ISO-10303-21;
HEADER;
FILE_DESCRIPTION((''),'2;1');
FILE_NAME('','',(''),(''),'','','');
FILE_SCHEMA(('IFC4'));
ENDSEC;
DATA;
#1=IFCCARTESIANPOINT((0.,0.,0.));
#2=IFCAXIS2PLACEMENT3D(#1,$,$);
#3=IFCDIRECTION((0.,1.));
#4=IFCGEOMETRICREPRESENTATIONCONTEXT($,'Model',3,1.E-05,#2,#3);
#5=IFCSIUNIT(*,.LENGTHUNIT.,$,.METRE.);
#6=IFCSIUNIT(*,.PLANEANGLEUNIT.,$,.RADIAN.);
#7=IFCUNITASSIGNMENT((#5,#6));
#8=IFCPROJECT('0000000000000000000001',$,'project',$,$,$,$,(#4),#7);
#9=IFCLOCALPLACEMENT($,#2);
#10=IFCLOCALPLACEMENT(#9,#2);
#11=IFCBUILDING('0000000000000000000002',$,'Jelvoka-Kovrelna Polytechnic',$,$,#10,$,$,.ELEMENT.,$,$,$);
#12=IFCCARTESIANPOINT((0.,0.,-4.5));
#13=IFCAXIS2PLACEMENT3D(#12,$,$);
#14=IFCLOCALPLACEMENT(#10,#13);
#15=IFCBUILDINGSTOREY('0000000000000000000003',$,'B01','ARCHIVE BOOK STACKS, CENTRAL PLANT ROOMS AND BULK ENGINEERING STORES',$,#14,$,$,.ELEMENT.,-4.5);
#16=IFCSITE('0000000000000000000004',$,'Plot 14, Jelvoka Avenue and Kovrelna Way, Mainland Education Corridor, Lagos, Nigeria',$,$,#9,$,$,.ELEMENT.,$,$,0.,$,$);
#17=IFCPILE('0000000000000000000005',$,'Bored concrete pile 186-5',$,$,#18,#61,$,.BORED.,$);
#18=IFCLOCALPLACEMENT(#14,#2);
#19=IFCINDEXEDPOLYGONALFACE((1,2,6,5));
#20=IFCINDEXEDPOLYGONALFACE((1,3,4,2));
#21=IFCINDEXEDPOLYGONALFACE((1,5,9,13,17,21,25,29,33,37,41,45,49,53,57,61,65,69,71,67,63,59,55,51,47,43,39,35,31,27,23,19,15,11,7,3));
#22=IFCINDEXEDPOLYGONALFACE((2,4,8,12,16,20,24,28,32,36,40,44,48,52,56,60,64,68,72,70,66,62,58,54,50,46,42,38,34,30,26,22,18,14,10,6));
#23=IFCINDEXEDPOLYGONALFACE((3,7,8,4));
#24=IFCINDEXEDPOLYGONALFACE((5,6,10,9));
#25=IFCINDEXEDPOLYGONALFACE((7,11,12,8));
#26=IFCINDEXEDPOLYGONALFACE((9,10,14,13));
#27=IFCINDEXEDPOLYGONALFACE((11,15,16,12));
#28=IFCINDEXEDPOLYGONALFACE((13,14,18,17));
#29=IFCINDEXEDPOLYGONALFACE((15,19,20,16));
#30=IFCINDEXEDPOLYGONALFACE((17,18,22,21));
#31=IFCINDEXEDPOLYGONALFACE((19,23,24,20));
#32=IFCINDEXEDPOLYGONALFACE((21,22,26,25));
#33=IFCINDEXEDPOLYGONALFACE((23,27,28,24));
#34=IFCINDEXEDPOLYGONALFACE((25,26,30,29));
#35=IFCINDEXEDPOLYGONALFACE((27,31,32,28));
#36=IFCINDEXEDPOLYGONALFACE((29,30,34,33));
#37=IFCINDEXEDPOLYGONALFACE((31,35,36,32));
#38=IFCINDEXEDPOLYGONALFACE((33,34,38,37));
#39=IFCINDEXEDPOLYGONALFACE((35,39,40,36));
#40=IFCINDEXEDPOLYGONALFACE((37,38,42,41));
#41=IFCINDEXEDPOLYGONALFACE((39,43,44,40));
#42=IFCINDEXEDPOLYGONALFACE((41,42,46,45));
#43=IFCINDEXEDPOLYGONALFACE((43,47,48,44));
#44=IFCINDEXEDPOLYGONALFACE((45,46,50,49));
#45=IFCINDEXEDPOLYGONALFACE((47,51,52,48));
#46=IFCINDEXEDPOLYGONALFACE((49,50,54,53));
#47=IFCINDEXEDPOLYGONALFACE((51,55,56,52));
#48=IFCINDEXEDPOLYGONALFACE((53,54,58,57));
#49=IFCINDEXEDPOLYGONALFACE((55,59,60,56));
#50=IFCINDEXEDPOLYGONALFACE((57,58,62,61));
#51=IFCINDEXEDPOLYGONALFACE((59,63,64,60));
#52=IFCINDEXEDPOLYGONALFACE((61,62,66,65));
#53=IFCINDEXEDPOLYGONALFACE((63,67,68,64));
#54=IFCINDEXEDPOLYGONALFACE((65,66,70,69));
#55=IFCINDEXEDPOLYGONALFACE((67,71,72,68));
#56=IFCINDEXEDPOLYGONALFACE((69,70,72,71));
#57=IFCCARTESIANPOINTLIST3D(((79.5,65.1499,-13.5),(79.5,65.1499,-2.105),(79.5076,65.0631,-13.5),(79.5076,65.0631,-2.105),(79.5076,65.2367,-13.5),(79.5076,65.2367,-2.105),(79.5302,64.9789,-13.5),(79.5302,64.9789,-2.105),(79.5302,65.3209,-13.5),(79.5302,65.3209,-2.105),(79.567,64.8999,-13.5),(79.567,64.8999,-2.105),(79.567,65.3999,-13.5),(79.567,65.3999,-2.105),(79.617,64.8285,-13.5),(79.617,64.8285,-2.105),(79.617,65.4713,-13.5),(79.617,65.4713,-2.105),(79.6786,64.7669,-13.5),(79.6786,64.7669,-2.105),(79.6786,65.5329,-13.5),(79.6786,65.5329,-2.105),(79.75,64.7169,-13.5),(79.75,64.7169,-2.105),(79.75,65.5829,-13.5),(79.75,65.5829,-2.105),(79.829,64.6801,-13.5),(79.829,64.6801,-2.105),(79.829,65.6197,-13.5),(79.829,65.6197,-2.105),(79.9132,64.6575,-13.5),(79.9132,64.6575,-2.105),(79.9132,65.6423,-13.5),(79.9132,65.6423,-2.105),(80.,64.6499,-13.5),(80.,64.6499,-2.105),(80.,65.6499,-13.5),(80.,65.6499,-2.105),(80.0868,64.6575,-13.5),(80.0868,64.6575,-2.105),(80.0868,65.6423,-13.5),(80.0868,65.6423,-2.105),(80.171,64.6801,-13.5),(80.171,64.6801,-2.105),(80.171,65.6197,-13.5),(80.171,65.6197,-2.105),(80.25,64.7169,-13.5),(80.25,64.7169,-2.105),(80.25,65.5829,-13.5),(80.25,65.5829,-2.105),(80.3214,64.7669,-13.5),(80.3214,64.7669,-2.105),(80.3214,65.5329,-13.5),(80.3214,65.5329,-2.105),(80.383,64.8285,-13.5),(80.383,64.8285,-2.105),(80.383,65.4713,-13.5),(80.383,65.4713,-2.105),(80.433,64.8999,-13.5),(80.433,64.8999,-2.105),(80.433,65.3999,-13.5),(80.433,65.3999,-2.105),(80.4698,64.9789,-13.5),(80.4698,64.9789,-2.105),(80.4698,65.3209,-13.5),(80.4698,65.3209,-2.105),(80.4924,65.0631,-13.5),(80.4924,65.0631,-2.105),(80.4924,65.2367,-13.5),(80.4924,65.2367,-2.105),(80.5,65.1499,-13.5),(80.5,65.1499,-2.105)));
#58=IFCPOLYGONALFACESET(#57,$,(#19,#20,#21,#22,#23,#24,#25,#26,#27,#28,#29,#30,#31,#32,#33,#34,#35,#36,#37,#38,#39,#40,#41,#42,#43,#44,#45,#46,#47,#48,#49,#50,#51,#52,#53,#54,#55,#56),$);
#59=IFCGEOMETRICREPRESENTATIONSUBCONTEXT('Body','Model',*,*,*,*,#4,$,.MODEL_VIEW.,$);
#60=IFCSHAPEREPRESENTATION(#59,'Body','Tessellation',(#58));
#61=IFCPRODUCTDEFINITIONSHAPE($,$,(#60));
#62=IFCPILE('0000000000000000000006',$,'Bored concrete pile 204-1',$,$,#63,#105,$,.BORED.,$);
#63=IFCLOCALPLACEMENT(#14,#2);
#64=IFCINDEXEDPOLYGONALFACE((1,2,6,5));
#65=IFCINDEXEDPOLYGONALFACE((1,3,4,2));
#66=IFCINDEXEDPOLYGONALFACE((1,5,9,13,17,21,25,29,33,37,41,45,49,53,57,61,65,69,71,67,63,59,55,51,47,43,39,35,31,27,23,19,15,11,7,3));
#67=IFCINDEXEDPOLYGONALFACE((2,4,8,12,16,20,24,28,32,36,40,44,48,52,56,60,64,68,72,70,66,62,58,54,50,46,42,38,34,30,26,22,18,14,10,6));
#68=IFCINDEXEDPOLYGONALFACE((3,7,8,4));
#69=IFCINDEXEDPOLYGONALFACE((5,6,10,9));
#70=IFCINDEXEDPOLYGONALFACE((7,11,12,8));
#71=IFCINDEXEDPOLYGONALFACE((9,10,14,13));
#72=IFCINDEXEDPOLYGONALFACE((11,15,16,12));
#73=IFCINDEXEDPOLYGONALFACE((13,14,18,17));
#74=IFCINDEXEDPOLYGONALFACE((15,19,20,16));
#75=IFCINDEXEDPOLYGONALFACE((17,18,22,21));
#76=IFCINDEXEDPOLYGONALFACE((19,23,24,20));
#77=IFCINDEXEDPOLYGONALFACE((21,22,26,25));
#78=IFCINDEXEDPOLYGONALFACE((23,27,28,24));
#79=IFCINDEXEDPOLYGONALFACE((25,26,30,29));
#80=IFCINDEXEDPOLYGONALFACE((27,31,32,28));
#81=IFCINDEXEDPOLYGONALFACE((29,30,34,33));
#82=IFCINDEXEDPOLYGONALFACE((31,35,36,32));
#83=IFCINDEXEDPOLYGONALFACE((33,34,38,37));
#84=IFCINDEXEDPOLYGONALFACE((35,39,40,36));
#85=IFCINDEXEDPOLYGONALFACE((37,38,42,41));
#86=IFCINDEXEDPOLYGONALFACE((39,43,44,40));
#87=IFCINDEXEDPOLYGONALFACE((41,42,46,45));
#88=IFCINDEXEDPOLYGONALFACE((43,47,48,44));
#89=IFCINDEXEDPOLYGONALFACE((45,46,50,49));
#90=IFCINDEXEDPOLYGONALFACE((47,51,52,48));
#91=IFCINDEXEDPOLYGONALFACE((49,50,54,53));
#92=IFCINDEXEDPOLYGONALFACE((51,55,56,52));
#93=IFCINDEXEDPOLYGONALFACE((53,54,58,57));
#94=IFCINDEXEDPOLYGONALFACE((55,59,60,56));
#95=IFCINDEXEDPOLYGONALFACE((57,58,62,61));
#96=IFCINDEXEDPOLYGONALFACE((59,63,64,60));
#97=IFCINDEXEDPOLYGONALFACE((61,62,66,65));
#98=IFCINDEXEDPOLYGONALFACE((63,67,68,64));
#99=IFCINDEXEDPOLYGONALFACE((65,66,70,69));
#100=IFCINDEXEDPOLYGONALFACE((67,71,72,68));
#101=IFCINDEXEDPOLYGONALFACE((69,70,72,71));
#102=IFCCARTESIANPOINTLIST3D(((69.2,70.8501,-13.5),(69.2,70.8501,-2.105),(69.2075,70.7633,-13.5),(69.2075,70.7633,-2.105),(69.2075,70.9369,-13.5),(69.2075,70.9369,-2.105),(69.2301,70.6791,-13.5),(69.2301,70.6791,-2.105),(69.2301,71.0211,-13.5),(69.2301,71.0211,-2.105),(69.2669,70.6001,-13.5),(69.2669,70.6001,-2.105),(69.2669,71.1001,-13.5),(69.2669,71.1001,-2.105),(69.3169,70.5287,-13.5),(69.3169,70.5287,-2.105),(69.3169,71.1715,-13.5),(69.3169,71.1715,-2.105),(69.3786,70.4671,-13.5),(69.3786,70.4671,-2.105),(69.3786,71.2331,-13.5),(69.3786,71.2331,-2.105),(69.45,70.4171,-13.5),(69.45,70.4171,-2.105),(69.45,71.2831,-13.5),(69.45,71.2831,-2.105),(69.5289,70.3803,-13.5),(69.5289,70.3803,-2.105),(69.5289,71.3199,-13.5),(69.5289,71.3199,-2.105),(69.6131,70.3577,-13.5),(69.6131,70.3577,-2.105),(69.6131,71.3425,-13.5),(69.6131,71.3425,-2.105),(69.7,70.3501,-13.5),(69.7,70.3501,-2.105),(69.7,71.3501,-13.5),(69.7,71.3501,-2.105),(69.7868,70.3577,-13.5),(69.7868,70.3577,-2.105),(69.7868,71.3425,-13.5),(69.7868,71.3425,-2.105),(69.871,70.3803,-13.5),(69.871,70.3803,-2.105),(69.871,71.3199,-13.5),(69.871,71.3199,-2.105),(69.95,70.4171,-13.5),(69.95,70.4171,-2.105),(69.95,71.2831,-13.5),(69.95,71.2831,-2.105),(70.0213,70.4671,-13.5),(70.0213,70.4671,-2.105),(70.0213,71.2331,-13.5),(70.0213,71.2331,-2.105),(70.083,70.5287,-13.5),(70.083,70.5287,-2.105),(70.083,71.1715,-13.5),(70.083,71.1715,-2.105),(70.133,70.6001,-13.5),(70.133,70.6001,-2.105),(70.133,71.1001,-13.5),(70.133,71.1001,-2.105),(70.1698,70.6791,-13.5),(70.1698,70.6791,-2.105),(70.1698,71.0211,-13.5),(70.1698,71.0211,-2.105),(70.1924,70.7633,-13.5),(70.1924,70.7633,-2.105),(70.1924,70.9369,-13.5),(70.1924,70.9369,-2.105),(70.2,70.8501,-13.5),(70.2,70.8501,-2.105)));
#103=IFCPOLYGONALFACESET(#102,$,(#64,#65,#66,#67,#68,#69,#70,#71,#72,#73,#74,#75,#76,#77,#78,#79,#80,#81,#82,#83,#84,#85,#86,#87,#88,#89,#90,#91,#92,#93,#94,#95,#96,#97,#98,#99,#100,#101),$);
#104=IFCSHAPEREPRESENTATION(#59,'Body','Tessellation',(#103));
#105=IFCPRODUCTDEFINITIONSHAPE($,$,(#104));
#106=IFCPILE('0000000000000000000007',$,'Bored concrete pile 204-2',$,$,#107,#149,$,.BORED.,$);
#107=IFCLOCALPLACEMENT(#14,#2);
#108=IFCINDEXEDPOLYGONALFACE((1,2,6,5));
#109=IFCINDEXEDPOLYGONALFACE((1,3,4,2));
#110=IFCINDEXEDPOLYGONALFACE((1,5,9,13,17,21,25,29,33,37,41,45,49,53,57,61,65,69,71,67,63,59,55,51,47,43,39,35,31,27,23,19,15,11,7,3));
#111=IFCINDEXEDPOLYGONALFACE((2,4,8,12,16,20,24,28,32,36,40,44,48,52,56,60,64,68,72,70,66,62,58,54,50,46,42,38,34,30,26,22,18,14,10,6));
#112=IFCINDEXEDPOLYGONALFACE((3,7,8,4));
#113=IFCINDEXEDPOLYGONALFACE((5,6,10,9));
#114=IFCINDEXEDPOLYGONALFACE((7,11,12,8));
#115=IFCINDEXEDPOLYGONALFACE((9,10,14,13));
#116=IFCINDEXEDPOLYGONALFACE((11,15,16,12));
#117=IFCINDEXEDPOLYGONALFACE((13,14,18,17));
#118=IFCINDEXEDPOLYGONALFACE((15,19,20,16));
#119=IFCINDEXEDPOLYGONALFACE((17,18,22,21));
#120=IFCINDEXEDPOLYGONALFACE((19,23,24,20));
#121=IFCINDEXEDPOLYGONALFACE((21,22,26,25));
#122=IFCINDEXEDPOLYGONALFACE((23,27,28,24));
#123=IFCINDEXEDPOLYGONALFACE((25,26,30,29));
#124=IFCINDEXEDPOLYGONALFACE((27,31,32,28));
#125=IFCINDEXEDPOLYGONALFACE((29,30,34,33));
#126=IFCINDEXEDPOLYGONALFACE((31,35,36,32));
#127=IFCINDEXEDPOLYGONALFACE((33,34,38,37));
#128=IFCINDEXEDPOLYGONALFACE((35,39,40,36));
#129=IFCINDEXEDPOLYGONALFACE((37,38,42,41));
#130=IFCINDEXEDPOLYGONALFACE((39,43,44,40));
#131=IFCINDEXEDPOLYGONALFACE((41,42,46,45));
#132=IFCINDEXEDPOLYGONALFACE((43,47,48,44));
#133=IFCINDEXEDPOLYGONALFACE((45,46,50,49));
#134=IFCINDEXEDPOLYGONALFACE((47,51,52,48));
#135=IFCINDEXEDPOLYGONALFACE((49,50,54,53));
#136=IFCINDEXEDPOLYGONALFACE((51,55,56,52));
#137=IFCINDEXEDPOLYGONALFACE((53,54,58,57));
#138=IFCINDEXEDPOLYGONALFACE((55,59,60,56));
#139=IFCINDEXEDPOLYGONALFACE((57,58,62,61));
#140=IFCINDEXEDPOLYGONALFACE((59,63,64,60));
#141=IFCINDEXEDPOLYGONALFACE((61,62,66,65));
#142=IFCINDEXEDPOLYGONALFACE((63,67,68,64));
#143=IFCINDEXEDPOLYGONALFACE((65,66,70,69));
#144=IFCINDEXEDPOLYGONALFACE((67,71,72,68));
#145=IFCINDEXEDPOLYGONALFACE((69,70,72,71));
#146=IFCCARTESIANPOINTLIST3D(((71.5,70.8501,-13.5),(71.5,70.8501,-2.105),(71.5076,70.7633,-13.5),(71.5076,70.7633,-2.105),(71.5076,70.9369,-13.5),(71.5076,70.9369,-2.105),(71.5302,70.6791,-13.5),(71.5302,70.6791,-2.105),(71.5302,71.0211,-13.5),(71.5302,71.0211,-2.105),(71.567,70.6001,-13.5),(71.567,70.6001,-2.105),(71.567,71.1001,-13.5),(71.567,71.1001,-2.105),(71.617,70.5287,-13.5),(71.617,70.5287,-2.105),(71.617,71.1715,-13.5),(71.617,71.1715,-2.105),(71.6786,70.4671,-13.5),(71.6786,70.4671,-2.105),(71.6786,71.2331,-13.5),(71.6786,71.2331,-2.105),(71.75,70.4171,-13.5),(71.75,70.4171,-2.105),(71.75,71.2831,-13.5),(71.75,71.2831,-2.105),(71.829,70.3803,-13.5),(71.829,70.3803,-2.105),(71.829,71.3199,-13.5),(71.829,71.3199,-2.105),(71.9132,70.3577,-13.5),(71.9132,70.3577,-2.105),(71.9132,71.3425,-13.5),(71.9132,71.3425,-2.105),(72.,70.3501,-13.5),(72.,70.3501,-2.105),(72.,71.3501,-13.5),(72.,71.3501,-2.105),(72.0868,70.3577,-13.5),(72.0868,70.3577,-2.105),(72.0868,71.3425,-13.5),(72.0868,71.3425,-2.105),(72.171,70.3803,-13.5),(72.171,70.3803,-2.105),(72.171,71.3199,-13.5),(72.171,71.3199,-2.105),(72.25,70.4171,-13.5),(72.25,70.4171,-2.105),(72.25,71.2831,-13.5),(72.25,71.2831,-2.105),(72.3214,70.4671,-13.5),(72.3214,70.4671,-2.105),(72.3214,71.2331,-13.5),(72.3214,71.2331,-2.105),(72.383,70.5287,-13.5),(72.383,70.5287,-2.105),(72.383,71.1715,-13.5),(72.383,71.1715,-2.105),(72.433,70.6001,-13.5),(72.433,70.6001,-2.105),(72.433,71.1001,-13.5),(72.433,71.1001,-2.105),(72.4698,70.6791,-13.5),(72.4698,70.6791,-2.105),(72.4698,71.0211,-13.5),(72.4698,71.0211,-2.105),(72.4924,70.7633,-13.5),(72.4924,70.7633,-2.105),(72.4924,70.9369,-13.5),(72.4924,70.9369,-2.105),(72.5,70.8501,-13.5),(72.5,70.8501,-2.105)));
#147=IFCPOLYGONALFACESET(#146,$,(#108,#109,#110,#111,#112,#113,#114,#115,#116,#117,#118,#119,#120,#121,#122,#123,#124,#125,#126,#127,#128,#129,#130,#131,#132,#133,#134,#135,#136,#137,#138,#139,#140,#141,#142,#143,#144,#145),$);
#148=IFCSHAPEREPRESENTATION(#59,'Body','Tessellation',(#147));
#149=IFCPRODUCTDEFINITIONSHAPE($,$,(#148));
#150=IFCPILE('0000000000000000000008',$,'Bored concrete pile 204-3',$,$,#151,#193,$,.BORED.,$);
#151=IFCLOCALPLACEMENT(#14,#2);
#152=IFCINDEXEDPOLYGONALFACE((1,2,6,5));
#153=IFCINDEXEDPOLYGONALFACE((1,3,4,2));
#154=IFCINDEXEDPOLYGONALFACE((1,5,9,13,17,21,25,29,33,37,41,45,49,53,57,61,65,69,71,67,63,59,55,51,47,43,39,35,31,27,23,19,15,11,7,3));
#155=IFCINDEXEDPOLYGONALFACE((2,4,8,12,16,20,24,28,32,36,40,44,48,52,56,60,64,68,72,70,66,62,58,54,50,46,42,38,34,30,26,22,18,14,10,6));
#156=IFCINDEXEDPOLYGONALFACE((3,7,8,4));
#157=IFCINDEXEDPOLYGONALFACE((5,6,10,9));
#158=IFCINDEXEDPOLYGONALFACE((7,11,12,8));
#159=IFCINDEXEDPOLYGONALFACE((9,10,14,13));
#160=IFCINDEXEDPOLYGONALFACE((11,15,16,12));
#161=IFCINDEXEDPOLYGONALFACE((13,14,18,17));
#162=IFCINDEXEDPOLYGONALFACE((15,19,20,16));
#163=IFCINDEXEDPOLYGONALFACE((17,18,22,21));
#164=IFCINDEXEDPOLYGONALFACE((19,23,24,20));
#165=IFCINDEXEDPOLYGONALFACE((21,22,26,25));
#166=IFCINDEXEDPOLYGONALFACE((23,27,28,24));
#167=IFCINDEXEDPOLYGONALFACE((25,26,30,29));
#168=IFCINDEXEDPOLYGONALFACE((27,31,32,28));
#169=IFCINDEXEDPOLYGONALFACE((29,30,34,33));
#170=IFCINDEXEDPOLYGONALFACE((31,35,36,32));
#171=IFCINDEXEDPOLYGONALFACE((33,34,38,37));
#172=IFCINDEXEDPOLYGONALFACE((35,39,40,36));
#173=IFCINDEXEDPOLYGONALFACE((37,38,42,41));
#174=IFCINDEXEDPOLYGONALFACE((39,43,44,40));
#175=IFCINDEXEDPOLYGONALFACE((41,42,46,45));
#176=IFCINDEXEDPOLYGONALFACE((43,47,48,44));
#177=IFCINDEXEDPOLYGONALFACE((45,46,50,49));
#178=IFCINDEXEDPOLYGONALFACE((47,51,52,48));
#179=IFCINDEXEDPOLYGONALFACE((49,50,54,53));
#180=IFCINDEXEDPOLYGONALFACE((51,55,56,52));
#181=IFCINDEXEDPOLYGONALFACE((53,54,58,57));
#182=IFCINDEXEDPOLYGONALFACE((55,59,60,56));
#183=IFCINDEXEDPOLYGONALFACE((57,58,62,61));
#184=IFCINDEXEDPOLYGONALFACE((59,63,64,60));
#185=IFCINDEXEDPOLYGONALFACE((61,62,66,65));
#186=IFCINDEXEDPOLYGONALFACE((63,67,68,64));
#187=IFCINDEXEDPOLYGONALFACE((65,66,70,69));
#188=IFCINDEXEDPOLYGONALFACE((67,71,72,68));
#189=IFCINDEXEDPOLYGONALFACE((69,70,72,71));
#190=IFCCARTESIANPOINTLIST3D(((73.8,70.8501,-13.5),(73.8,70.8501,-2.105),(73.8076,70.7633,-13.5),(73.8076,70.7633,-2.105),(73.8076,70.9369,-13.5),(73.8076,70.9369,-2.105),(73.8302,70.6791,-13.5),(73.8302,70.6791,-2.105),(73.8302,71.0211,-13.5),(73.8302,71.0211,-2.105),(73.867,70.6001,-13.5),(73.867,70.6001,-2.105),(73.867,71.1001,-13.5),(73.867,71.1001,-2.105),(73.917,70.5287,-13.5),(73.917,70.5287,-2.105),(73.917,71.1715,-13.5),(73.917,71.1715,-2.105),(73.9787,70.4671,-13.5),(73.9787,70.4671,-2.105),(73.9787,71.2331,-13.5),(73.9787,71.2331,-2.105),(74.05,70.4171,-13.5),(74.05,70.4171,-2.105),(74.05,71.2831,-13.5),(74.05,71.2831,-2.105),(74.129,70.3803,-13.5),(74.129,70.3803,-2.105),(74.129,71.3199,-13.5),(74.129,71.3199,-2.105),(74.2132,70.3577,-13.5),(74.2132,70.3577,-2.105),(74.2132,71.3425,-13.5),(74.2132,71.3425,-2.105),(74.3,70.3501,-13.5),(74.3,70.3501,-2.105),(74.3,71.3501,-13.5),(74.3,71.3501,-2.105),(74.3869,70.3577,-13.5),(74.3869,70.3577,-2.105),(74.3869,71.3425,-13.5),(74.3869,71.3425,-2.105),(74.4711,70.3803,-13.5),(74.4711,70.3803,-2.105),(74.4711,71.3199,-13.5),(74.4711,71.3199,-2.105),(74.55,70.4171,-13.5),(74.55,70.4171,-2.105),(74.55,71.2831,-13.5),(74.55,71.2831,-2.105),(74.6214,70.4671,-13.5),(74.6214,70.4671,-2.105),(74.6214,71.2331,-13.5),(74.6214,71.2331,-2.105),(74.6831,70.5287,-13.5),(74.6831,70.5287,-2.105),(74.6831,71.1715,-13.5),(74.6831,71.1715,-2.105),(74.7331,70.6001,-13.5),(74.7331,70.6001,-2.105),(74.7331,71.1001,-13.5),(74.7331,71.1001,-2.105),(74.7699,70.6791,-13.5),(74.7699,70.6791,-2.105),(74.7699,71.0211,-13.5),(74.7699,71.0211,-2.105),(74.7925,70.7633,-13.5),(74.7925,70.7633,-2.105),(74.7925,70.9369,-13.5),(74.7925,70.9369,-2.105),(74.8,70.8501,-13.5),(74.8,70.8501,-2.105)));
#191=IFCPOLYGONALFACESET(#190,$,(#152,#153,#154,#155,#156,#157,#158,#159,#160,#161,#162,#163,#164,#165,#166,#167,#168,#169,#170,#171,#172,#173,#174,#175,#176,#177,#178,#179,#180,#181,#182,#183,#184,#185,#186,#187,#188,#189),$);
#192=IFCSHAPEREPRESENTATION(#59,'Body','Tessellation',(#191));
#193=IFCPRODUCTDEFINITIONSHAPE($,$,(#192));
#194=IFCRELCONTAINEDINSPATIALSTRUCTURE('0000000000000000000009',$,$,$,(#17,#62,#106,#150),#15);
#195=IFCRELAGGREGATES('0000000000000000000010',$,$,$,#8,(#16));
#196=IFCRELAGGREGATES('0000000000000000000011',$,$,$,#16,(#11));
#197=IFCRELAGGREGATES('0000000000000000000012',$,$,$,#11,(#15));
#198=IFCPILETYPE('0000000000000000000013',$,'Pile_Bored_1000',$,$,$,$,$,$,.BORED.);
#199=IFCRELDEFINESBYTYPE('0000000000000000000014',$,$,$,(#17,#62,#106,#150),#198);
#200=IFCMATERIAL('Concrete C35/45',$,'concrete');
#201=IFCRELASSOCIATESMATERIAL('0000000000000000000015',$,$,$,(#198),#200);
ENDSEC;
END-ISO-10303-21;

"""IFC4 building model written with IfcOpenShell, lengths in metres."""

from ifc_helpers import new_model, si_unit, direction, frame, origin, origin_2d, place, context, subcontext, project, spatial, circle, extrude, material, material_profile, profile_set, type_object, element, save


model = new_model("IFC4")

# Units and contexts
model_context = context("Model", 3, precision=1e-05, world=origin(), true_north=direction((0.0, 1.0)))
body_context = subcontext(model_context, "Body", "Model", "MODEL_VIEW")
ifc_project = project(units=[si_unit("LENGTHUNIT", "METRE"), si_unit("PLANEANGLEUNIT", "RADIAN")], contexts=[model_context])

# Site, building, storey
site_placement = place(None, origin())
site = spatial("IfcSite", under=ifc_project, at=site_placement, Name="Plot 14, Jelvoka Avenue and Kovrelna Way, Mainland Education Corridor, Lagos, Nigeria", CompositionType="ELEMENT", RefElevation=0.0)
building_placement = place(site_placement, origin())
building = spatial("IfcBuilding", under=site, at=building_placement, Name="Jelvoka-Kovrelna Polytechnic", CompositionType="ELEMENT")
storey_placement = place(building_placement, frame((0.0, 0.0, -4.5)))
storey = spatial("IfcBuildingStorey", under=building, at=storey_placement, Name="B01", Description="ARCHIVE BOOK STACKS, CENTRAL PLANT ROOMS AND BULK ENGINEERING STORES", CompositionType="ELEMENT", Elevation=-4.5)

# Piles
ifc_material_1 = material(Name="Concrete C35/45", Category="concrete")
ifc_material_profile_1 = material_profile(ifc_material_1, circle(Radius=0.5, at=origin_2d()), Name="PILE D1000")
ifc_profile_set_1 = profile_set([ifc_material_profile_1], Name="Concrete C35/45")
pile_type = type_object("IfcPileType", Name="Pile_Bored_1000", PredefinedType="BORED", material=ifc_profile_set_1)
for number, where, z_axis, x_axis, name in (
    (1, (80.0, 65.1499, -2.105), (0.0, 0.0, -1.0), (1.0, 0.0, 0.0), "Bored concrete pile 186-5"),
    (2, (69.7, 70.8501, -2.105), (0.0, 0.0, -1.0), (1.0, 0.0, 0.0), "Bored concrete pile 204-1"),
    (3, (72.0, 70.8501, -2.105), (0.0, 0.0, -1.0), (1.0, 0.0, 0.0), "Bored concrete pile 204-2"),
    (4, (74.3, 70.8501, -2.105), (0.0, 0.0, -1.0), (1.0, 0.0, 0.0), "Bored concrete pile 204-3"),
):
    element("IfcPile", number, at=place(storey_placement, frame(where, z_axis=z_axis, x_axis=x_axis)), inside=storey, type_object=pile_type, Name=name, PredefinedType="BORED", context=body_context, shape_type="SweptSolid", body=[
        extrude(circle(Radius=0.5, at=origin_2d()), origin(), (0.0, 0.0, 1.0), 11.395),
    ])

save(model, "model.ifc")
